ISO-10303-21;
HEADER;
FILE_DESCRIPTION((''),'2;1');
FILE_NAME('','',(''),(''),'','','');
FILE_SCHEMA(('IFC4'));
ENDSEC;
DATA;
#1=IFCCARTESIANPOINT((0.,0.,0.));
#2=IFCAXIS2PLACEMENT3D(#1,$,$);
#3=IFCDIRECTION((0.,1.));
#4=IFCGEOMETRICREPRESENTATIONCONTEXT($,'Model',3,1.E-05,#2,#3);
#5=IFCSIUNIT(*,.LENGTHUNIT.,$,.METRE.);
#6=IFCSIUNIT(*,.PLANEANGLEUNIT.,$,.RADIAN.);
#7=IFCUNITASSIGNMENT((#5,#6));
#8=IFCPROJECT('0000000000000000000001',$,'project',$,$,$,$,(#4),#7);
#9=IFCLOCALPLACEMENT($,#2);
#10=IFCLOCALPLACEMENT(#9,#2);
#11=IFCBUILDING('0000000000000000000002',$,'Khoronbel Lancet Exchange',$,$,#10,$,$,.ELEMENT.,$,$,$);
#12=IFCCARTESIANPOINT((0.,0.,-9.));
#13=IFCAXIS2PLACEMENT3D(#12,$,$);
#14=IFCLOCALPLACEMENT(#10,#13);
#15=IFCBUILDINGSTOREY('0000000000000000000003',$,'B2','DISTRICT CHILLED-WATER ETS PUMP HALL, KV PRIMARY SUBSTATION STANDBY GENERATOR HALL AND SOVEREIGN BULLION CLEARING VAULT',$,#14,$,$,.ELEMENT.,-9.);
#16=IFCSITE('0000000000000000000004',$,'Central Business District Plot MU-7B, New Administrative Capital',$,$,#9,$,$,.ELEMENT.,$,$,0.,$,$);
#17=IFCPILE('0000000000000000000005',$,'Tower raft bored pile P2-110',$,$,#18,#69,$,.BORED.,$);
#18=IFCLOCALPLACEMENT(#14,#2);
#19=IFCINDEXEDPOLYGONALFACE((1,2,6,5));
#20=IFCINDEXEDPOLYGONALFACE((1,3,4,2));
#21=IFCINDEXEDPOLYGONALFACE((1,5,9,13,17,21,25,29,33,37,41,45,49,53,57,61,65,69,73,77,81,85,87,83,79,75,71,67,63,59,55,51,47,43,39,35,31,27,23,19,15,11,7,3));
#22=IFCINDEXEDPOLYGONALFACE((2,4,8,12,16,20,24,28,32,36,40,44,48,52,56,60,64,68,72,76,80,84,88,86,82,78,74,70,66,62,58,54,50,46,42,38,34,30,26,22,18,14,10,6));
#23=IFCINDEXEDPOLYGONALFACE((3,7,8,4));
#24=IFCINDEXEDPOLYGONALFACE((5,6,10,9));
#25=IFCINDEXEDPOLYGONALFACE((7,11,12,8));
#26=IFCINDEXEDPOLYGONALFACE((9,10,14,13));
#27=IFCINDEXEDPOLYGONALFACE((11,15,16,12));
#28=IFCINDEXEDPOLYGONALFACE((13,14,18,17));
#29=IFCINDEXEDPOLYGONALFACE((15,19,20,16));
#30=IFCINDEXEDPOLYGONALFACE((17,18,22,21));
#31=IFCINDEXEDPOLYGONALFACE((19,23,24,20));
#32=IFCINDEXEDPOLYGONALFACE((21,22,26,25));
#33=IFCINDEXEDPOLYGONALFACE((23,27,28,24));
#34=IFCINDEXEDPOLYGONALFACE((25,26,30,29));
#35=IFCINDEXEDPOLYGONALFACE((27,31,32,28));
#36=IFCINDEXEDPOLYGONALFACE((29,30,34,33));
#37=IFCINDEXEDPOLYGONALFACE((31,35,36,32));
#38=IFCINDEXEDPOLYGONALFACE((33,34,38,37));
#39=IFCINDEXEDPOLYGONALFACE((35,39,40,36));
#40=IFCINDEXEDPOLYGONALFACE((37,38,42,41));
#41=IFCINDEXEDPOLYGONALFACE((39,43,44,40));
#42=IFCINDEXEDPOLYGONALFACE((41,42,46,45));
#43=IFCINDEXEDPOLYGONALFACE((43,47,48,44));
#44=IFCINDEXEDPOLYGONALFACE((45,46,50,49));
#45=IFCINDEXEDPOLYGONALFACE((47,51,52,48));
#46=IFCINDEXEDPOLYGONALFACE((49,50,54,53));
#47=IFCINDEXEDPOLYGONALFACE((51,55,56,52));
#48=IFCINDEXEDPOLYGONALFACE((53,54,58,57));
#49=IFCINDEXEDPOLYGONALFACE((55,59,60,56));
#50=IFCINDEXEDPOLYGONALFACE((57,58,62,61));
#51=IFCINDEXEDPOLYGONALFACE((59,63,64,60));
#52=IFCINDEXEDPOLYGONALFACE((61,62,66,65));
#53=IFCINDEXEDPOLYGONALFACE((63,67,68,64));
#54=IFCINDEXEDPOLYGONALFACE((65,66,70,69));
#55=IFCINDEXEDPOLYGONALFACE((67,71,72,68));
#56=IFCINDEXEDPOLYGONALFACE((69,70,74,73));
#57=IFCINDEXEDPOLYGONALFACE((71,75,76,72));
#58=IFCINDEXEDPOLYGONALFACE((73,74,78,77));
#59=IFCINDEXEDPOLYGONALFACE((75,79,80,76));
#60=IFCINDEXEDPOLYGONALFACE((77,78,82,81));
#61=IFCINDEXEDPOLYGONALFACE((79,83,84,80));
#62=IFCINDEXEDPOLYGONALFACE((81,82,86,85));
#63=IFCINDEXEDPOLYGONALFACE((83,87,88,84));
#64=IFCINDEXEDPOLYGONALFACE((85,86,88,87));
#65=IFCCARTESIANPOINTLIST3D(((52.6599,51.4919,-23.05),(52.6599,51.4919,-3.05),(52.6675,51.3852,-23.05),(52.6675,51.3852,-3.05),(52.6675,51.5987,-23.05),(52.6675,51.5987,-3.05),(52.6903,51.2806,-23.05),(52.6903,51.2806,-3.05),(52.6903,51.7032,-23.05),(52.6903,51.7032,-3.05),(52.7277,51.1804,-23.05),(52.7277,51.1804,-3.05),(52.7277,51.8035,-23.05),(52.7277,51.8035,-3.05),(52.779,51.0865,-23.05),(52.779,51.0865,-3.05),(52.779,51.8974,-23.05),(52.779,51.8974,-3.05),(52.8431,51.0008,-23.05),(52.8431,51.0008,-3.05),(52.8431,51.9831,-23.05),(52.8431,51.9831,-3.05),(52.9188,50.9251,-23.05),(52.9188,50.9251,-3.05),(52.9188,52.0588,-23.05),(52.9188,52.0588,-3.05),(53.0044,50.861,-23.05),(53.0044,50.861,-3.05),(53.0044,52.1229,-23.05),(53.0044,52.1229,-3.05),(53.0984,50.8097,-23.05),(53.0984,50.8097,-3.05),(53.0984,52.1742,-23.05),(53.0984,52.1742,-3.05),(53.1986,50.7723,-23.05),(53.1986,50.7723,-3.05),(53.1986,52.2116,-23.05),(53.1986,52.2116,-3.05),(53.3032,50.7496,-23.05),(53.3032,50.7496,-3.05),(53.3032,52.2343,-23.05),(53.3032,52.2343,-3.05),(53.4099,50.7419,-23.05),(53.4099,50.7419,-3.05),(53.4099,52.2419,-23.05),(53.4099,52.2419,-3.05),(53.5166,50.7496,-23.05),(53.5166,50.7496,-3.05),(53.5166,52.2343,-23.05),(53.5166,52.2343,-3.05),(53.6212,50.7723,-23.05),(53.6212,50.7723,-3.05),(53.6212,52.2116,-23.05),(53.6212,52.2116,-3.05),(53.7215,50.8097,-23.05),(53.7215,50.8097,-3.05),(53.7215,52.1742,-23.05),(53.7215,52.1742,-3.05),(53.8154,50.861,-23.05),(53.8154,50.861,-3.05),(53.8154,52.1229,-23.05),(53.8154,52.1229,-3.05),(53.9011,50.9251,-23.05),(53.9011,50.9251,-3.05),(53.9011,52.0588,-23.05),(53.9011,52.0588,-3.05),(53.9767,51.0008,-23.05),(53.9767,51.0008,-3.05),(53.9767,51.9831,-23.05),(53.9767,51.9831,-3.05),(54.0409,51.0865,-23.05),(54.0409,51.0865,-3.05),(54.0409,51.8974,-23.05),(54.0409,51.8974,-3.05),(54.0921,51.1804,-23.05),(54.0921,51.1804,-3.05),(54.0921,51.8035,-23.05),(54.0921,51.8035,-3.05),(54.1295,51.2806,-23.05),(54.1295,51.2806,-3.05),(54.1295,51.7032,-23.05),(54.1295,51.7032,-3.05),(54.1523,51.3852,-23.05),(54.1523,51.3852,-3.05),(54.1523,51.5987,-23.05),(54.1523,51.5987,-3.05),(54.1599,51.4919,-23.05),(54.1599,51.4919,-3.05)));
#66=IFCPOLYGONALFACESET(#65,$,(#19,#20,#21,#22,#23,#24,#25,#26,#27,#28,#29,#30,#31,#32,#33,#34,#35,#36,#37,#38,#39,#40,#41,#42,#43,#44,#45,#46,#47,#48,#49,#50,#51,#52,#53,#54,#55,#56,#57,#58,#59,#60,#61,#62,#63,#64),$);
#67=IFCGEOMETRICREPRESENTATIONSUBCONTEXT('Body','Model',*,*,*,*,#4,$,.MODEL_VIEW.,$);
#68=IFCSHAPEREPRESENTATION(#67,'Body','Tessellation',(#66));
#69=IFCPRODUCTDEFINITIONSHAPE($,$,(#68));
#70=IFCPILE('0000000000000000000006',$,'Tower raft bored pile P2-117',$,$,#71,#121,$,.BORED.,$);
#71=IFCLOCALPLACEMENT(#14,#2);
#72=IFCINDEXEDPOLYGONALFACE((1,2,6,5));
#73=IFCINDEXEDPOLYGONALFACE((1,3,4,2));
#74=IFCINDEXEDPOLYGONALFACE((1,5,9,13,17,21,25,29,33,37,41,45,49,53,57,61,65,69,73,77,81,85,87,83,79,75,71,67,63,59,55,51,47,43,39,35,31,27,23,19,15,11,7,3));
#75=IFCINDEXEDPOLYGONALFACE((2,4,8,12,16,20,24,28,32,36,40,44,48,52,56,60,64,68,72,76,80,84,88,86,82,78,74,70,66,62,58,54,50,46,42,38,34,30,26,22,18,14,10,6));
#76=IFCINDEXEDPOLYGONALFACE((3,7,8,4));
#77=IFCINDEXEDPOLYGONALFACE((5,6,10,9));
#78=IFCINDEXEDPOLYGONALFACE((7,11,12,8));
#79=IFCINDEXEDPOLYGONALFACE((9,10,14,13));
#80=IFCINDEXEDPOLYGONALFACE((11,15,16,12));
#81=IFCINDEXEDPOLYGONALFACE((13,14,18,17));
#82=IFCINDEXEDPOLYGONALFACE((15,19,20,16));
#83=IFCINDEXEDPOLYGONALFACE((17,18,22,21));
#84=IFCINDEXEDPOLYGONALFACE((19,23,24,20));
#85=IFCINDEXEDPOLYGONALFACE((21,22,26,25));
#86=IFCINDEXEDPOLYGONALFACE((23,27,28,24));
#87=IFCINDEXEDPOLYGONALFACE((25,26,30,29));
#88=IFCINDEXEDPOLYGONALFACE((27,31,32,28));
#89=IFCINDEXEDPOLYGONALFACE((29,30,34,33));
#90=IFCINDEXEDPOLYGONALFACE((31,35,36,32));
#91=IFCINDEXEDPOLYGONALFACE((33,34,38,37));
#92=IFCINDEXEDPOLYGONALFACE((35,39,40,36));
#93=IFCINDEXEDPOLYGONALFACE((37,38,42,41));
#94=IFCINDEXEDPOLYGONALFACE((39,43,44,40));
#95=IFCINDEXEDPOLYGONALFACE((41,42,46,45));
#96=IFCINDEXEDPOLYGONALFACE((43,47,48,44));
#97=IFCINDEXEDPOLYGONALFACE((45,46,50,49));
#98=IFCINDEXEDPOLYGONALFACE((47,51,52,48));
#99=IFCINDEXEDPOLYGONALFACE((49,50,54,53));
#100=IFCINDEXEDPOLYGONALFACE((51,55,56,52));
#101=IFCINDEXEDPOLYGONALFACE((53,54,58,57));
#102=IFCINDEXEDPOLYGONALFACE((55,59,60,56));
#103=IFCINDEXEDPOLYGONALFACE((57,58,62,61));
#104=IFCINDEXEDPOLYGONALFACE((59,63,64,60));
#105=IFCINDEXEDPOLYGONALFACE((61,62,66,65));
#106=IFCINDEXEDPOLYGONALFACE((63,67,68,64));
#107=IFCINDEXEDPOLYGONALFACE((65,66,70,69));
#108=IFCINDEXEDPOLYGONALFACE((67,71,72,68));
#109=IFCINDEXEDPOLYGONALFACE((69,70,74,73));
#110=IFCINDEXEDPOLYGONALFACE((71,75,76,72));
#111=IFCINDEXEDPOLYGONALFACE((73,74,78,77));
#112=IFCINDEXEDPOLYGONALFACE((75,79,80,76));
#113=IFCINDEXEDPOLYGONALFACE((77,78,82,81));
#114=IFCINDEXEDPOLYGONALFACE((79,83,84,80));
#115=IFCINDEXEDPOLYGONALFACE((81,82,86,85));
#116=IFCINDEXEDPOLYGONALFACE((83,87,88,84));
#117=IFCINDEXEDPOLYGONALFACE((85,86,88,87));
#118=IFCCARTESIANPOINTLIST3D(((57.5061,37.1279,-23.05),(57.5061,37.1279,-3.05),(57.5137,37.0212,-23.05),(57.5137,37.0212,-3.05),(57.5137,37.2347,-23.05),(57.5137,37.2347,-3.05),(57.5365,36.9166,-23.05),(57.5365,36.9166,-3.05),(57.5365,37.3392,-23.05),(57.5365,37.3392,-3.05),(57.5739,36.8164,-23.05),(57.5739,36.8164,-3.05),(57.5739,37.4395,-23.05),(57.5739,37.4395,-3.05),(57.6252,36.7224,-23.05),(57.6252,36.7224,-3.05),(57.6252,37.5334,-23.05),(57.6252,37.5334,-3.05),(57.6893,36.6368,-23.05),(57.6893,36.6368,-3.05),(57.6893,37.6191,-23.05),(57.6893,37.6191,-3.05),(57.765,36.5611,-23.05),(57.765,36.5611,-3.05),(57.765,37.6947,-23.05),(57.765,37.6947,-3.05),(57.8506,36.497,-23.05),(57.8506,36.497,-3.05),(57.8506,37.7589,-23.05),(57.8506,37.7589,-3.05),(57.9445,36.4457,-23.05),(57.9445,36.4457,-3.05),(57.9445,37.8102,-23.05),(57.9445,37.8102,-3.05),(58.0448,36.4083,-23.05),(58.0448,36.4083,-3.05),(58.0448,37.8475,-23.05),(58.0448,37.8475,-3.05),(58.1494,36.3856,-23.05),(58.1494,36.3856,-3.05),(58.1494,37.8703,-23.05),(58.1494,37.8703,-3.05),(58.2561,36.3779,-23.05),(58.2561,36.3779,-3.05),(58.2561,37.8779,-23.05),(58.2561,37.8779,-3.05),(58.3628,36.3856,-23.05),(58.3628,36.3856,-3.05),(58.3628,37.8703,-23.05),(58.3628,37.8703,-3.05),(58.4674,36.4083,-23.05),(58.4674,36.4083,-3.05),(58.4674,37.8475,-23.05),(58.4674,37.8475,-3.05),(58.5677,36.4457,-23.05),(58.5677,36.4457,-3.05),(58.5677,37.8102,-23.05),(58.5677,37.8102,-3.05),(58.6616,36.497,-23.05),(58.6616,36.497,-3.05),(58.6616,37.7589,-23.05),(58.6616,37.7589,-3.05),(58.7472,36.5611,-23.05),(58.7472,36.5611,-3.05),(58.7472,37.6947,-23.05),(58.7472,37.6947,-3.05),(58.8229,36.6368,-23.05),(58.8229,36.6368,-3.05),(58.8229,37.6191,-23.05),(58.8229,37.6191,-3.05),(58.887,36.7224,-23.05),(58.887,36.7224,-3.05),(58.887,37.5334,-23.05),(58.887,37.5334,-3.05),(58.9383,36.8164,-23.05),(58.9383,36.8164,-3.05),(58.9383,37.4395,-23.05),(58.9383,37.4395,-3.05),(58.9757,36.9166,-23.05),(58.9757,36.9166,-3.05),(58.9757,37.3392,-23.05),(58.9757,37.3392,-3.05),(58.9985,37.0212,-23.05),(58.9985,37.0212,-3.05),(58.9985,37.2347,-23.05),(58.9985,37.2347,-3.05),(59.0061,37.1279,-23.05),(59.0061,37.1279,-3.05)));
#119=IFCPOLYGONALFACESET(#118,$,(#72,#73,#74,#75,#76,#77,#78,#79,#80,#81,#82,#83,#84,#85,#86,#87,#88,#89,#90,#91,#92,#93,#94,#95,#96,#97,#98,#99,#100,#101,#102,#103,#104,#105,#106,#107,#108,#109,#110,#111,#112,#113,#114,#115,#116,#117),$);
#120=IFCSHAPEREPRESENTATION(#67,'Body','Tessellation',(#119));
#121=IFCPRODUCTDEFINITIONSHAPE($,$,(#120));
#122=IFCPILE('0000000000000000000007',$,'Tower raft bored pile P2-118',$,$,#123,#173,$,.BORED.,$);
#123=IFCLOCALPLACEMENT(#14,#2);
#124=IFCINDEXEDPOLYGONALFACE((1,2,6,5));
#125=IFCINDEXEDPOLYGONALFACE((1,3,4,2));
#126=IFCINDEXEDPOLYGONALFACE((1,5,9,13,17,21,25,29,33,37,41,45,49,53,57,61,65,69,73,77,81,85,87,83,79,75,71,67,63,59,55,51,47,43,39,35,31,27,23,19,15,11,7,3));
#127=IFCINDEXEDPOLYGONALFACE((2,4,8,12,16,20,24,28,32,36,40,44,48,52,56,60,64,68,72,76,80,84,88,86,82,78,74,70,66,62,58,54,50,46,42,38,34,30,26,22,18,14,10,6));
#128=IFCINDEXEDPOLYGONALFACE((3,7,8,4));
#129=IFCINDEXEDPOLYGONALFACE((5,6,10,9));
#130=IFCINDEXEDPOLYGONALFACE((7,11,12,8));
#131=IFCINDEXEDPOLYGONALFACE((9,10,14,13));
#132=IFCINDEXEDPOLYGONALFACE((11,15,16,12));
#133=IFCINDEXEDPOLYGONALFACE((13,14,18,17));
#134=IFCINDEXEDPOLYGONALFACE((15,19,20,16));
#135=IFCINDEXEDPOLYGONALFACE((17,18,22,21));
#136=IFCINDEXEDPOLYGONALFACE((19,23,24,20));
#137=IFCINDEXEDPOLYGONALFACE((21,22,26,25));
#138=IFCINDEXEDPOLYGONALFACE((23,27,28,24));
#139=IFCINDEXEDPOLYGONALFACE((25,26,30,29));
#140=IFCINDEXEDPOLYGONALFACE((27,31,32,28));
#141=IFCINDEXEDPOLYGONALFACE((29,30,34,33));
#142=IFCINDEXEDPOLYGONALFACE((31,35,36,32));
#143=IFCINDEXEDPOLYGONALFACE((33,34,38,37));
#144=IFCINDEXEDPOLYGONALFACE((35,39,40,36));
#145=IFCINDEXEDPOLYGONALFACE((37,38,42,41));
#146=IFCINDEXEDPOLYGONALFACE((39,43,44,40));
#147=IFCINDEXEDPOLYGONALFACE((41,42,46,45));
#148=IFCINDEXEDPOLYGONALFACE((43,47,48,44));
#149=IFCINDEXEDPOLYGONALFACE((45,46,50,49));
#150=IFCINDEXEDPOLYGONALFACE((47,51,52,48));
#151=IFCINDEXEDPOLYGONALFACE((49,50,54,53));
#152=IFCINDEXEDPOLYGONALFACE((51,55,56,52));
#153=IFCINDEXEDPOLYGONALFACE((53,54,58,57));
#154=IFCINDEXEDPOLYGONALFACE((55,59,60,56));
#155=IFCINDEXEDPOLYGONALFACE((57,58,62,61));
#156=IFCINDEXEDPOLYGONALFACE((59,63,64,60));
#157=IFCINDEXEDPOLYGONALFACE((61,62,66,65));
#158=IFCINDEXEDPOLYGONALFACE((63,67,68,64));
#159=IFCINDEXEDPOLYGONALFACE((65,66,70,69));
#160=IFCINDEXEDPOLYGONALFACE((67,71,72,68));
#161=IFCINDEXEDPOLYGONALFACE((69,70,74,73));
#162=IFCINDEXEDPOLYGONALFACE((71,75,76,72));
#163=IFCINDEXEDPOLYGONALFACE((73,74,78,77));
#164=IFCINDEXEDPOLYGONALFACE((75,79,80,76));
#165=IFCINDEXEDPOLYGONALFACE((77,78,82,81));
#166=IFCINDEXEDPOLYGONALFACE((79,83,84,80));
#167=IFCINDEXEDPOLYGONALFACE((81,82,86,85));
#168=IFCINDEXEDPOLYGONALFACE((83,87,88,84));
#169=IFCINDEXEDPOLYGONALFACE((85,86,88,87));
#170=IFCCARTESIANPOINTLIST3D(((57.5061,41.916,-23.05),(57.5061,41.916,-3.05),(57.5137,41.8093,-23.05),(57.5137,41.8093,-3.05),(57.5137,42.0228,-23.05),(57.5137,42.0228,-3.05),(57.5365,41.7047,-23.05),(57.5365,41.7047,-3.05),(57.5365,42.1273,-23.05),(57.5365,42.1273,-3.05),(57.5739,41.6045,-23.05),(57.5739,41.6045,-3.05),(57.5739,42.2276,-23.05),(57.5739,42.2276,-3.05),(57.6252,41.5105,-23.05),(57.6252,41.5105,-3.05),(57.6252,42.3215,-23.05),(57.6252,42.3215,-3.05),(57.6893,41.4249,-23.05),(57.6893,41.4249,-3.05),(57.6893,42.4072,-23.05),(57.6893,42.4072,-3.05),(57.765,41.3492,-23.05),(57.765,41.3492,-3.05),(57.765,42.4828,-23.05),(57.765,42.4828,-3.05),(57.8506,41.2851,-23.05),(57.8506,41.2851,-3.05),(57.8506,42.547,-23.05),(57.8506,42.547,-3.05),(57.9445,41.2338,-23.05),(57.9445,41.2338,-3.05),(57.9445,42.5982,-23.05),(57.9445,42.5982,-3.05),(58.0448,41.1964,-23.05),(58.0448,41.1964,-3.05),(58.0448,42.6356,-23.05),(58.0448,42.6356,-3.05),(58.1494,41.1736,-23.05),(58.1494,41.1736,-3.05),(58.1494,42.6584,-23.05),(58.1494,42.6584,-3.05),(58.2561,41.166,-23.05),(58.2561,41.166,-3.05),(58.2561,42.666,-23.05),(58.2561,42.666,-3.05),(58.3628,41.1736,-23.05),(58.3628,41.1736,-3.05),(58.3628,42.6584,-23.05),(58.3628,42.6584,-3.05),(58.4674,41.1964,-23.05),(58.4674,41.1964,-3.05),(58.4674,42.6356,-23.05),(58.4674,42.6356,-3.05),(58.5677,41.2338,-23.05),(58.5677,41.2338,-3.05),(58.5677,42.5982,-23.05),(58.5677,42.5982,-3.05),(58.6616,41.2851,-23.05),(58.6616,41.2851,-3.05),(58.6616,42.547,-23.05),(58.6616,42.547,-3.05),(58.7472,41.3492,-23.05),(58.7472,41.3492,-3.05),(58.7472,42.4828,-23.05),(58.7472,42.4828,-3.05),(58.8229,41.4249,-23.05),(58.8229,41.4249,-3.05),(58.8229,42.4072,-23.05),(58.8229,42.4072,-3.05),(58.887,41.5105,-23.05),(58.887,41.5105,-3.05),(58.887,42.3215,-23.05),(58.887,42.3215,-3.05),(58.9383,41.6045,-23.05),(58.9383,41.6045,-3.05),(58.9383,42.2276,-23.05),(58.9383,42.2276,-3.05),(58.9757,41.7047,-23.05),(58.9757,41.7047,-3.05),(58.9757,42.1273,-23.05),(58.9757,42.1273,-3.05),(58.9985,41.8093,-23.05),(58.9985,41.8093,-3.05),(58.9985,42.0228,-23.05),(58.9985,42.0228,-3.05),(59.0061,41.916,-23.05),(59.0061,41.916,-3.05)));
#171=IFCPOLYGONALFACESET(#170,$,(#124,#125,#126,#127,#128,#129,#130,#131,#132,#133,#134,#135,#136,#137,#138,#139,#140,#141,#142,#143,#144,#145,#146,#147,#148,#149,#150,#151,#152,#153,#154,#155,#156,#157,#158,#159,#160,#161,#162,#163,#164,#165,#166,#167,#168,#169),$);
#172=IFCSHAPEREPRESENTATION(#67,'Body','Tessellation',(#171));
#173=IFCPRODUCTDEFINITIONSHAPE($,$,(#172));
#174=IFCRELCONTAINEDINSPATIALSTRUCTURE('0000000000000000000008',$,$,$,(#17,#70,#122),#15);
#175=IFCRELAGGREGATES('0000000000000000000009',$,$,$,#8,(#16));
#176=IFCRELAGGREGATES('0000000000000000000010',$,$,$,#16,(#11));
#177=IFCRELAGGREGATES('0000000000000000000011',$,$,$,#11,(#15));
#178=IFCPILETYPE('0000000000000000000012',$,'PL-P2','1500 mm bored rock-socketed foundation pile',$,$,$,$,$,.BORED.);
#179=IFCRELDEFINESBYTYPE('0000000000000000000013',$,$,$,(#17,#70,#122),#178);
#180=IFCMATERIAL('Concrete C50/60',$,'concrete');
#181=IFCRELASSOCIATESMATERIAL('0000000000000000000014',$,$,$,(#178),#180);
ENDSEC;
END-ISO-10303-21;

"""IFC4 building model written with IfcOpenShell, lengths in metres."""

from ifc_helpers import new_model, si_unit, direction, frame, origin, origin_2d, place, context, subcontext, project, spatial, circle, extrude, material, material_profile, profile_set, type_object, element, save


model = new_model("IFC4")

# Units and contexts
model_context = context("Model", 3, precision=1e-05, world=origin(), true_north=direction((0.0, 1.0)))
body_context = subcontext(model_context, "Body", "Model", "MODEL_VIEW")
ifc_project = project(units=[si_unit("LENGTHUNIT", "METRE"), si_unit("PLANEANGLEUNIT", "RADIAN")], contexts=[model_context])

# Site, building, storey
site_placement = place(None, origin())
site = spatial("IfcSite", under=ifc_project, at=site_placement, Name="Central Business District Plot MU-7B, New Administrative Capital", CompositionType="ELEMENT", RefElevation=0.0)
building_placement = place(site_placement, origin())
building = spatial("IfcBuilding", under=site, at=building_placement, Name="Khoronbel Lancet Exchange", CompositionType="ELEMENT")
storey_placement = place(building_placement, frame((0.0, 0.0, -9.0)))
storey = spatial("IfcBuildingStorey", under=building, at=storey_placement, Name="B2", Description="DISTRICT CHILLED-WATER ETS PUMP HALL, KV PRIMARY SUBSTATION STANDBY GENERATOR HALL AND SOVEREIGN BULLION CLEARING VAULT", CompositionType="ELEMENT", Elevation=-9.0)

# Piles
ifc_material_1 = material(Name="Concrete C50/60", Category="concrete")
ifc_material_profile_1 = material_profile(ifc_material_1, circle(Radius=0.75, at=origin_2d()), Name="BORED PILE D1500")
ifc_profile_set_1 = profile_set([ifc_material_profile_1], Name="Concrete C50/60")
pile_type = type_object("IfcPileType", Name="PL-P2", Description="1500 mm bored rock-socketed foundation pile", PredefinedType="BORED", material=ifc_profile_set_1)
for number, where, z_axis, x_axis, name in (
    (1, (53.4099, 51.4919, -3.05), (0.0, 0.0, -1.0), (1.0, 0.0, 0.0), "Tower raft bored pile P2-110"),
    (2, (58.2561, 37.1279, -3.05), (0.0, 0.0, -1.0), (1.0, 0.0, 0.0), "Tower raft bored pile P2-117"),
    (3, (58.2561, 41.916, -3.05), (0.0, 0.0, -1.0), (1.0, 0.0, 0.0), "Tower raft bored pile P2-118"),
):
    element("IfcPile", number, at=place(storey_placement, frame(where, z_axis=z_axis, x_axis=x_axis)), inside=storey, type_object=pile_type, Name=name, PredefinedType="BORED", context=body_context, shape_type="SweptSolid", body=[
        extrude(circle(Radius=0.75, at=origin_2d()), origin(), (0.0, 0.0, 1.0), 20.0),
    ])

save(model, "model.ifc")
